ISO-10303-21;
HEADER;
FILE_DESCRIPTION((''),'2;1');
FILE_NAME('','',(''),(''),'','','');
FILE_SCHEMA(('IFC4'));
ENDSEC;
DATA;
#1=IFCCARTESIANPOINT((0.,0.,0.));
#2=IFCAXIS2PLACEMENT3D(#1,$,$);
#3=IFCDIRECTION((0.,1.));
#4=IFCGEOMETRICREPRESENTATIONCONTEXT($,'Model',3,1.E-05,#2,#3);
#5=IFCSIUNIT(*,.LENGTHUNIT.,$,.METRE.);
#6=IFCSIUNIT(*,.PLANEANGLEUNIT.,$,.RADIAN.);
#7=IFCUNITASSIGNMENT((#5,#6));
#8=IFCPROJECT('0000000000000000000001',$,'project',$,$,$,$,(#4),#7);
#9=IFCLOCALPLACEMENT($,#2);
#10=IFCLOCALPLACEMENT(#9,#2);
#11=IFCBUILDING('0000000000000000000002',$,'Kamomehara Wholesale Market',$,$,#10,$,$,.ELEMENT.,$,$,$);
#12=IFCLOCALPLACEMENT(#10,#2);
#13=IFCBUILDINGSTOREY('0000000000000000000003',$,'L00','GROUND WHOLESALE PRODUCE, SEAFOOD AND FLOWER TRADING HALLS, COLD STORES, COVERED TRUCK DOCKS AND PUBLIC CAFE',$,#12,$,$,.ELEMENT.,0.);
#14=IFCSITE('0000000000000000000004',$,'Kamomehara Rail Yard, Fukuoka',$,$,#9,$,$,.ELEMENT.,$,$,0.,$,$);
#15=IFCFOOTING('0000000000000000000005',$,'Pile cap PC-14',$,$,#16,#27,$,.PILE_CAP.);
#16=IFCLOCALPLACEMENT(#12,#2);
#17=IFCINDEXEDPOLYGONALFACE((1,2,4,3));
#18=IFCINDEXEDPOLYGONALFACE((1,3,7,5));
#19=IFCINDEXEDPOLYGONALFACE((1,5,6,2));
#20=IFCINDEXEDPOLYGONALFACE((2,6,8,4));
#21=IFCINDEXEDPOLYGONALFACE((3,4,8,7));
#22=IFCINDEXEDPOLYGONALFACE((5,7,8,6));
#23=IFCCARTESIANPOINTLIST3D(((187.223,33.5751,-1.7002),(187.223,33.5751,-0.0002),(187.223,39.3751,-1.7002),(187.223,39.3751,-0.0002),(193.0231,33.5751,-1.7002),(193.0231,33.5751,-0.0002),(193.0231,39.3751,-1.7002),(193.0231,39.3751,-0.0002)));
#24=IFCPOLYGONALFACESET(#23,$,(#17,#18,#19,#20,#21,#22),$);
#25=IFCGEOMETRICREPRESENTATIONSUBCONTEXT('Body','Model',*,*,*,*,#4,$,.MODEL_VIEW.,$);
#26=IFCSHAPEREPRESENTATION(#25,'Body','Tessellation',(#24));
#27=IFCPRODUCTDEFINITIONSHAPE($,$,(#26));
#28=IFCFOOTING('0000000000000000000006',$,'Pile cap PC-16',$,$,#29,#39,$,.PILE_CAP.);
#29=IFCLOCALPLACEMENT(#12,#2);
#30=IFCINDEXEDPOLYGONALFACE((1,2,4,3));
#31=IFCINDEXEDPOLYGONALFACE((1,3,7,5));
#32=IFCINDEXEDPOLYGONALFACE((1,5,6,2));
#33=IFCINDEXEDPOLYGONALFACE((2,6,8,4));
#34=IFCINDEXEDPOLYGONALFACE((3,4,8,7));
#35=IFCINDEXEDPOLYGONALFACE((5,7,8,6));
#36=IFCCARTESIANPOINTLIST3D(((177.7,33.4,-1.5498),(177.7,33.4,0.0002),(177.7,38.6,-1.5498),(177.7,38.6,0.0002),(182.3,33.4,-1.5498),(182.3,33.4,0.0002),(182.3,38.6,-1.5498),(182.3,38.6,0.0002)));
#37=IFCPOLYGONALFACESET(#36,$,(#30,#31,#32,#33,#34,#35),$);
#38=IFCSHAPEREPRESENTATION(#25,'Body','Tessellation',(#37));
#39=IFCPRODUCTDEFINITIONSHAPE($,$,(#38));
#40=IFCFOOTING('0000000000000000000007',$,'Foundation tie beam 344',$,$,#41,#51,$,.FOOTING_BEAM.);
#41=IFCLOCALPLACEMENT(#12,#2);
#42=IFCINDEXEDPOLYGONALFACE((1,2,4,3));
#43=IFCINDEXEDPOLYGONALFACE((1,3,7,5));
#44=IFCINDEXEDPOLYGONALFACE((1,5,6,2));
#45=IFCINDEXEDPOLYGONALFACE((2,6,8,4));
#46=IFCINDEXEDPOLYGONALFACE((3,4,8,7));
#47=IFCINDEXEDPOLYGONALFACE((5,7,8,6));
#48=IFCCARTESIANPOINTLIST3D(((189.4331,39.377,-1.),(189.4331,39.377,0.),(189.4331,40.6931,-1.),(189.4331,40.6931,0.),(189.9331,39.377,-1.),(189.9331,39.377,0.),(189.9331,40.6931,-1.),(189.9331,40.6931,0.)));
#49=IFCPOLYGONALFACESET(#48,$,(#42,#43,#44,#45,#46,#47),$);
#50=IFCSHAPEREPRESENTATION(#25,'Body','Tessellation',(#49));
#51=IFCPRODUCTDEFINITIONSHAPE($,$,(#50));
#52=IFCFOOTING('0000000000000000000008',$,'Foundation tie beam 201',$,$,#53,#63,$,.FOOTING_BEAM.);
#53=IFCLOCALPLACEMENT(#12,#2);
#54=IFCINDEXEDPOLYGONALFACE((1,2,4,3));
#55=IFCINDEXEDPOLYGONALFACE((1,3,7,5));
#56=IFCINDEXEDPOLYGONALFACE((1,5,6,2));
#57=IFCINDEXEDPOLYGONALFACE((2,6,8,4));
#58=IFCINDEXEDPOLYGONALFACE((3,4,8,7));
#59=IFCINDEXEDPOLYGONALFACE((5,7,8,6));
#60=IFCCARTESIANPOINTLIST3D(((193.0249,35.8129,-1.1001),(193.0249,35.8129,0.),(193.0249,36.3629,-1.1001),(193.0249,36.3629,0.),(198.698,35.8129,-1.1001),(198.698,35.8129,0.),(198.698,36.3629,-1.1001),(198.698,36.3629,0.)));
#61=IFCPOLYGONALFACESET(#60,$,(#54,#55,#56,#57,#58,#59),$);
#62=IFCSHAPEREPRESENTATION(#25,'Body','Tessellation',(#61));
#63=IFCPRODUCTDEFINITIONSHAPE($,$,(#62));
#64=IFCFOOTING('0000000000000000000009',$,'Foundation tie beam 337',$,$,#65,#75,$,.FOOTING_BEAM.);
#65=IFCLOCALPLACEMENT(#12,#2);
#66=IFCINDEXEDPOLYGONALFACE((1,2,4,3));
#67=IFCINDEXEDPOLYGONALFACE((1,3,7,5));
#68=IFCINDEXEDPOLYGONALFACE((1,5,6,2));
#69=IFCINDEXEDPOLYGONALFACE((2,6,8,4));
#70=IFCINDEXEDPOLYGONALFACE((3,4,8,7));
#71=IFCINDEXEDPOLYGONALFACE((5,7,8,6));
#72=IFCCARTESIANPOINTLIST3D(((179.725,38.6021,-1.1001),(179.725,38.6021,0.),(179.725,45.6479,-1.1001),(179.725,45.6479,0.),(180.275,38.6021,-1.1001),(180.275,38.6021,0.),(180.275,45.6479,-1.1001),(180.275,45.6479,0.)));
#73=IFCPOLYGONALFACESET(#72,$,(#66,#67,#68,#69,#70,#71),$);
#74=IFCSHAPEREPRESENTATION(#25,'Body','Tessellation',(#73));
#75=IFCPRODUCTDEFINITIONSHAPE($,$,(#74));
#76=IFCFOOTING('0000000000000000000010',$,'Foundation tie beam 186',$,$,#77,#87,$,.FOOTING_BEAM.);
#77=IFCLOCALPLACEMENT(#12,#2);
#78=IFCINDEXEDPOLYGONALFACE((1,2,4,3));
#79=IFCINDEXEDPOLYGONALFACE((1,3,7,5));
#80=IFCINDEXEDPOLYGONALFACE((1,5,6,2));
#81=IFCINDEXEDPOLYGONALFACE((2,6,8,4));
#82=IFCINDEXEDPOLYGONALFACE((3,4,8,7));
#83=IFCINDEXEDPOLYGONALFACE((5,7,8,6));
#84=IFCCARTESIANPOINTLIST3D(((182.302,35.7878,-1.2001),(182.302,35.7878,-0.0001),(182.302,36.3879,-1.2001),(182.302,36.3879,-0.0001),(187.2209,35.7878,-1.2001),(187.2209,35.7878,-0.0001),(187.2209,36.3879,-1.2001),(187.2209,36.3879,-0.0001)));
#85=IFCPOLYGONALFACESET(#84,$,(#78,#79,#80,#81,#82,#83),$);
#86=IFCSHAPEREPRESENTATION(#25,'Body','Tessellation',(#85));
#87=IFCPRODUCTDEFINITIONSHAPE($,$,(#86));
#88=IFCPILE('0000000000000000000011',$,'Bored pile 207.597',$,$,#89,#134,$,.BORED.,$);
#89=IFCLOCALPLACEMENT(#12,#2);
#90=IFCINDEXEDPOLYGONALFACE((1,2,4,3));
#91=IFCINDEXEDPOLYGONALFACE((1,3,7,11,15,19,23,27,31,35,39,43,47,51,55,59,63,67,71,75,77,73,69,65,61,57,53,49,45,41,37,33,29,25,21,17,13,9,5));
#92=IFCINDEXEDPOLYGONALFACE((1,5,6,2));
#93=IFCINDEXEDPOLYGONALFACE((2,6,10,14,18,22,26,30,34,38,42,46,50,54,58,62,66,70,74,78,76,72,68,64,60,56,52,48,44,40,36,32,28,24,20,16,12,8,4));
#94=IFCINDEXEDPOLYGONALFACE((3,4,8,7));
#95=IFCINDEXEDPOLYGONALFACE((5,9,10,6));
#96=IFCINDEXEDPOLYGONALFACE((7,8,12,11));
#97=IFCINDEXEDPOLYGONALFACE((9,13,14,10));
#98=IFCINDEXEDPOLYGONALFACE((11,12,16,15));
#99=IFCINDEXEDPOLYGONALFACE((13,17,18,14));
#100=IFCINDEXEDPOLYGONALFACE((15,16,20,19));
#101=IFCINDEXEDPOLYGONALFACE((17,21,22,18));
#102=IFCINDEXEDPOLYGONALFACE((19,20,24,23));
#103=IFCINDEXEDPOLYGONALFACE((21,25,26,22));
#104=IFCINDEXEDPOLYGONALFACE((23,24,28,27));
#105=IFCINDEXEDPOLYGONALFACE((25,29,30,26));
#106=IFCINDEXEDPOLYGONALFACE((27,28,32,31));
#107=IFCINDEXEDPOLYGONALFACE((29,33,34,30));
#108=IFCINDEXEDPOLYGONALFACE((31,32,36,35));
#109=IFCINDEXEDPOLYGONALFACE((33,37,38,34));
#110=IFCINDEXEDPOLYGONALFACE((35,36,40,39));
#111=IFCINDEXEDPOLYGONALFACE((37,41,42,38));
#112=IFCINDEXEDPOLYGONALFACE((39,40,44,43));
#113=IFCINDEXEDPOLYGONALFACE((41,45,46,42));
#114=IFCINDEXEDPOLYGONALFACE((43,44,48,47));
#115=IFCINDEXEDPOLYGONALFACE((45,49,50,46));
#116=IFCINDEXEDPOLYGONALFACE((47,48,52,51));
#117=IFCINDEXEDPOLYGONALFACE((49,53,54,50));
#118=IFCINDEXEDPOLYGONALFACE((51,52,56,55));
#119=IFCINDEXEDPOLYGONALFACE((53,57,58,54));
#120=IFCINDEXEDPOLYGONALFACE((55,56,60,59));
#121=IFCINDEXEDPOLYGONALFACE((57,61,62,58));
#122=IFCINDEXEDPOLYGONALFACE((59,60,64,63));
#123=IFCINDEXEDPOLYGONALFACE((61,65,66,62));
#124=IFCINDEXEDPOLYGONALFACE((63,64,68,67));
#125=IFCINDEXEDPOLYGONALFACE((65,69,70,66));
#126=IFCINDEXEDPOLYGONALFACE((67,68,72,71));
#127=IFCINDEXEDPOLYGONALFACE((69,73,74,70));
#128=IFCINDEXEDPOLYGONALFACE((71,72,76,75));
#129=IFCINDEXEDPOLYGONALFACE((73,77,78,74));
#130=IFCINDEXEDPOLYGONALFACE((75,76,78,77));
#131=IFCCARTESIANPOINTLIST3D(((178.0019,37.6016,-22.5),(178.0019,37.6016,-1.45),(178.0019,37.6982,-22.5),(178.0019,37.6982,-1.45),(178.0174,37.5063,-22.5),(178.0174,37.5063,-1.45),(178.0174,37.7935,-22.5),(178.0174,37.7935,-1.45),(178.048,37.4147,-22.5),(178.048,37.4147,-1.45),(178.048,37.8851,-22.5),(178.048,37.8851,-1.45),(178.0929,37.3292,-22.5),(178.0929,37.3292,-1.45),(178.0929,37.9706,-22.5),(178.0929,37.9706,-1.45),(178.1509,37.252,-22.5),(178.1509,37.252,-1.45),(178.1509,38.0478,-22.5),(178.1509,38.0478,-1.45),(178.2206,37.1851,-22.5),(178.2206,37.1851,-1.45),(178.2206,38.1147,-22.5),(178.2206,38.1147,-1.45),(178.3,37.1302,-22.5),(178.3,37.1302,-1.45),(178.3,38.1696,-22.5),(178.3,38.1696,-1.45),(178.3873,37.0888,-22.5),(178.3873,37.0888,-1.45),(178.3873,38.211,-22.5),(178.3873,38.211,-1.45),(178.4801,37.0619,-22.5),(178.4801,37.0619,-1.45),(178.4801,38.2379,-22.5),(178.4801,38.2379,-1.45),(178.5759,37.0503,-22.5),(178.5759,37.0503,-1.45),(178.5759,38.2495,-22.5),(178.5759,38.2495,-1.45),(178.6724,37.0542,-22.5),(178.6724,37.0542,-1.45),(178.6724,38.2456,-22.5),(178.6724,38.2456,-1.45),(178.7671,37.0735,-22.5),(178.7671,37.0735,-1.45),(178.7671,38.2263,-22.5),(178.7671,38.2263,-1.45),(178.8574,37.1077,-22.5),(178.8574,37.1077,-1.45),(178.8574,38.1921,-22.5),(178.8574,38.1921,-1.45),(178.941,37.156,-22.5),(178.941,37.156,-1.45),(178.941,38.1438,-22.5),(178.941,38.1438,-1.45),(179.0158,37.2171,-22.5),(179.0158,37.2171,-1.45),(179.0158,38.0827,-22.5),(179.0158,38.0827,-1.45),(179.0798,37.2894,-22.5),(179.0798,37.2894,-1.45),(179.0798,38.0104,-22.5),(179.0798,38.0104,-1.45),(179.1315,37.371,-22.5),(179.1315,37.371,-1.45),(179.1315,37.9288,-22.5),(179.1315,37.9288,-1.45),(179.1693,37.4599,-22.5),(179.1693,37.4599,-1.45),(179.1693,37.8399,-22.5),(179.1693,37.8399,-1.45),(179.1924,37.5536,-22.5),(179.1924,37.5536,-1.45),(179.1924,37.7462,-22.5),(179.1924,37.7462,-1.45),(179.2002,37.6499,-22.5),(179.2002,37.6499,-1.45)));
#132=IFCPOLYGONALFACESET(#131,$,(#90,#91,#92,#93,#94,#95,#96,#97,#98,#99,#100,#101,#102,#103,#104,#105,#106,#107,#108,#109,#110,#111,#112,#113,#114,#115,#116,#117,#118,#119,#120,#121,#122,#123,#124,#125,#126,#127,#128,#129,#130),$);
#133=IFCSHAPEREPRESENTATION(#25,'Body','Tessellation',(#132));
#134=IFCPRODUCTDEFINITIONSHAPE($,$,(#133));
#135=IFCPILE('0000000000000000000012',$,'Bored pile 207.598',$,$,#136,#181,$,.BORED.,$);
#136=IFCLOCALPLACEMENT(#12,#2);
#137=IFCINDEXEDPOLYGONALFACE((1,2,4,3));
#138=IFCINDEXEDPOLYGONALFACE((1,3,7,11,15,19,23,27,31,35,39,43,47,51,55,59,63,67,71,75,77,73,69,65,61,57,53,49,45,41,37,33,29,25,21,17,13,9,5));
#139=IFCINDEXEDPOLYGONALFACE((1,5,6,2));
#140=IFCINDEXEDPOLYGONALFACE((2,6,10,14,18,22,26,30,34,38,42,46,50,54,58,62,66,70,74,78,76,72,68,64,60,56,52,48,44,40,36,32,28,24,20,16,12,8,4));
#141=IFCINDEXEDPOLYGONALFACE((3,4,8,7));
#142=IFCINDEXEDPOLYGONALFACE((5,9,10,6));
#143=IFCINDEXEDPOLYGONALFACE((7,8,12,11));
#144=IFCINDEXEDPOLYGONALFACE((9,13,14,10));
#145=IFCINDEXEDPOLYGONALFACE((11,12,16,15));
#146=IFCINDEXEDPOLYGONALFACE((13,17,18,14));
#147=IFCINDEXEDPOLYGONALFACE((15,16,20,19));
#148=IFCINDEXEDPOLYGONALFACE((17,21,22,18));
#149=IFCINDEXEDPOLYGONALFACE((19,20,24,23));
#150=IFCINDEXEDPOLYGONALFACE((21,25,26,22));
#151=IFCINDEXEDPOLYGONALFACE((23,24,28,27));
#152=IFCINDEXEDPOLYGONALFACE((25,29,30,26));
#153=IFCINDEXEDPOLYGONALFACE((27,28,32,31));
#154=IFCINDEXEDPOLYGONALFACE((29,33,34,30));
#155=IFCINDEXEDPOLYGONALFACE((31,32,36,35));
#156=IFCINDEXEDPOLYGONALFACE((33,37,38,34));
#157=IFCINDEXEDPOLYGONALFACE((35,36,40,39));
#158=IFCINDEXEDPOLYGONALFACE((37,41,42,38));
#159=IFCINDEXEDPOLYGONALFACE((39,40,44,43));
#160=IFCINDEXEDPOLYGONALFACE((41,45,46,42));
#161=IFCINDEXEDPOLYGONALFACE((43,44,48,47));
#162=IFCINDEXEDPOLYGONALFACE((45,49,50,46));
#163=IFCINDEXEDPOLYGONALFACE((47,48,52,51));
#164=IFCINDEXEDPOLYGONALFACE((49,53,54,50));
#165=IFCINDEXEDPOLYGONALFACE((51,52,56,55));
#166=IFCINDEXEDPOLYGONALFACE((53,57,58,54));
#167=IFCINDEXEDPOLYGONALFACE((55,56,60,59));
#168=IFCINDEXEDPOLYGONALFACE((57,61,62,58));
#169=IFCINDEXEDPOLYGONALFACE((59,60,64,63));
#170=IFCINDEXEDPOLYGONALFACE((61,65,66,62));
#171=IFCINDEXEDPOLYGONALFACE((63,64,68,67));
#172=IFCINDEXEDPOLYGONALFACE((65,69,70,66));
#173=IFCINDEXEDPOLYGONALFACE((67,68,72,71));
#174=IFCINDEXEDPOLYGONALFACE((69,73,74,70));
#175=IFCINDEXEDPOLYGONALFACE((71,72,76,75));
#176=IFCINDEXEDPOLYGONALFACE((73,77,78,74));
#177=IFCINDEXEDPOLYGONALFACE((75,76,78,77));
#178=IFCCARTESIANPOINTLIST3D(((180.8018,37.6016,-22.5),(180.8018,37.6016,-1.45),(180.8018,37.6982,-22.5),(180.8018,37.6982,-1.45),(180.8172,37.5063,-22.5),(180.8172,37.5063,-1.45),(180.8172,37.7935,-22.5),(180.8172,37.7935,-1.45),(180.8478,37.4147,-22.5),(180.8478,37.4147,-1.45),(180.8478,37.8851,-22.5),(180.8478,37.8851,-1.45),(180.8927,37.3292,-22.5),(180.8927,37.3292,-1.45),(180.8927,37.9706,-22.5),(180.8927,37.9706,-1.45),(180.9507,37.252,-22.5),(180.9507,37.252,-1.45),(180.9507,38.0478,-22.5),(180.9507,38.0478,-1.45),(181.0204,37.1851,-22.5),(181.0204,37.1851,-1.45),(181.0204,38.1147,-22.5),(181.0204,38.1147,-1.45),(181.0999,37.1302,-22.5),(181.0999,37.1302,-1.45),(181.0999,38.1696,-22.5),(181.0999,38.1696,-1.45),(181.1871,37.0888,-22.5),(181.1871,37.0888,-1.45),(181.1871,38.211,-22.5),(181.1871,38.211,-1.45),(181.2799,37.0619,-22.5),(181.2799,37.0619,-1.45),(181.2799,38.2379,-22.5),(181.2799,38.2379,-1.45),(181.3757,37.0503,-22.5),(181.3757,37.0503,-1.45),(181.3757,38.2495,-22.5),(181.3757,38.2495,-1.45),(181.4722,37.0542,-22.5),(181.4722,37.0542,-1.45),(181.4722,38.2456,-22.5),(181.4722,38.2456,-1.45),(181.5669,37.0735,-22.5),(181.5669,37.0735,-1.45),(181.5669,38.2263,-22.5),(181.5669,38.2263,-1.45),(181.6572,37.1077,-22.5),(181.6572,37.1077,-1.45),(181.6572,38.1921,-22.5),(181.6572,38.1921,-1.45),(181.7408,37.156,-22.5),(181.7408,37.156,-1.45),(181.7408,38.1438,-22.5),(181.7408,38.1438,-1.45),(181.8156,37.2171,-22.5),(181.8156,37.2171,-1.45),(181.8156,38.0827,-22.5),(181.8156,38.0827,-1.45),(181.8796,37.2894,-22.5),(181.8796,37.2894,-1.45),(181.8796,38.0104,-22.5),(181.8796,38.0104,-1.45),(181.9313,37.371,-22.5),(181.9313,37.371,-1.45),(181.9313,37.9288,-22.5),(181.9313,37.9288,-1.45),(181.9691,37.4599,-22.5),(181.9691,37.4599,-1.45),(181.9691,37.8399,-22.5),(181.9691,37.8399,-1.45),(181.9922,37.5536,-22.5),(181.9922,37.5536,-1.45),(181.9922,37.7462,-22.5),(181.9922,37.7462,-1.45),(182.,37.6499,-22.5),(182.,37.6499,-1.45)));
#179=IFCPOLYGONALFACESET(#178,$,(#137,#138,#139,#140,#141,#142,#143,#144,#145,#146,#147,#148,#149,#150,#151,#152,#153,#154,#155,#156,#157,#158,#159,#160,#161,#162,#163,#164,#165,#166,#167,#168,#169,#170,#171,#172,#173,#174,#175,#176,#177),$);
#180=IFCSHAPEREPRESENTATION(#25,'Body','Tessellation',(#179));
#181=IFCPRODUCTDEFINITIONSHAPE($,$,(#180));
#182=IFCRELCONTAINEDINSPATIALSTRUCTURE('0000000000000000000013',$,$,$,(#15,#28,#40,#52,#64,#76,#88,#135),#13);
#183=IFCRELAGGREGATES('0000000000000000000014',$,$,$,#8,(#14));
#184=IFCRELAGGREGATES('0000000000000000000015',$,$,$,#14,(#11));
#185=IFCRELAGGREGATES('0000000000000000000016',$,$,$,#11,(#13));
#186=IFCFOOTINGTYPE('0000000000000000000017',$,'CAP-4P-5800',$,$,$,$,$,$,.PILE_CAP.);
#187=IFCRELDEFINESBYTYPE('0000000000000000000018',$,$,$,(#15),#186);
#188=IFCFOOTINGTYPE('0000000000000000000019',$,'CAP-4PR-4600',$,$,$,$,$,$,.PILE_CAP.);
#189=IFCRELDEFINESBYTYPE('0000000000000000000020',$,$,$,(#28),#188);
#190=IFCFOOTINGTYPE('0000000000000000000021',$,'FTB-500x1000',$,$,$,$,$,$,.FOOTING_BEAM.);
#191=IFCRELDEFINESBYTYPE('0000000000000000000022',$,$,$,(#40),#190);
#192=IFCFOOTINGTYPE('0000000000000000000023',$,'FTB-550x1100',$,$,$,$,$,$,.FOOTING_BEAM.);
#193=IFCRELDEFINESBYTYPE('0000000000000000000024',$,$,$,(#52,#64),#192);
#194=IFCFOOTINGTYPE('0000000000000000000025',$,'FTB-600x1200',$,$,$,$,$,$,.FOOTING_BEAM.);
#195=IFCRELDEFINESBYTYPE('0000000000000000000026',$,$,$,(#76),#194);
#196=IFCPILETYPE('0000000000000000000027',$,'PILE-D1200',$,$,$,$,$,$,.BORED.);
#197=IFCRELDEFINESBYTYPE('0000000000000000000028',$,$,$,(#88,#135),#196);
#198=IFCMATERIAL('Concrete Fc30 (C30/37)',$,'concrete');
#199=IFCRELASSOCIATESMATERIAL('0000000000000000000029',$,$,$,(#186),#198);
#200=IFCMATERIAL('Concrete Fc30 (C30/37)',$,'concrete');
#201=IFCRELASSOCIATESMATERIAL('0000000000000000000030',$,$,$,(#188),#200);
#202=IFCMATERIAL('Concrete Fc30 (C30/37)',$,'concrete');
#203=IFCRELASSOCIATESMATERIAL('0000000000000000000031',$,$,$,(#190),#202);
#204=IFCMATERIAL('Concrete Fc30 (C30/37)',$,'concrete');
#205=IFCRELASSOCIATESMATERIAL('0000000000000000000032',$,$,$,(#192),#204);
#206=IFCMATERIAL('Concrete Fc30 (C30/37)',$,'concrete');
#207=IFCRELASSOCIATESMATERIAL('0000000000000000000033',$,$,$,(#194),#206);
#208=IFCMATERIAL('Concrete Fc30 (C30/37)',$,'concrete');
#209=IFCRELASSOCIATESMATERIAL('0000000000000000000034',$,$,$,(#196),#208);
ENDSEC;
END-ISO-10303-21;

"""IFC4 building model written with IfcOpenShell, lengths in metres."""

from ifc_helpers import new_model, si_unit, direction, frame, origin, origin_2d, place, context, subcontext, project, spatial, rectangle, circle, extrude, material, material_profile, profile_set, type_object, element, save


model = new_model("IFC4")

# Units and contexts
model_context = context("Model", 3, precision=1e-05, world=origin(), true_north=direction((0.0, 1.0)))
body_context = subcontext(model_context, "Body", "Model", "MODEL_VIEW")
ifc_project = project(units=[si_unit("LENGTHUNIT", "METRE"), si_unit("PLANEANGLEUNIT", "RADIAN")], contexts=[model_context])

# Site, building, storey
site_placement = place(None, origin())
site = spatial("IfcSite", under=ifc_project, at=site_placement, Name="Kamomehara Rail Yard, Fukuoka", CompositionType="ELEMENT", RefElevation=0.0)
building_placement = place(site_placement, origin())
building = spatial("IfcBuilding", under=site, at=building_placement, Name="Kamomehara Wholesale Market", CompositionType="ELEMENT")
storey_placement = place(building_placement, origin())
storey = spatial("IfcBuildingStorey", under=building, at=storey_placement, Name="L00", Description="GROUND WHOLESALE PRODUCE, SEAFOOD AND FLOWER TRADING HALLS, COLD STORES, COVERED TRUCK DOCKS AND PUBLIC CAFE", CompositionType="ELEMENT", Elevation=0.0)

# Footings
ifc_material_1 = material(Name="Concrete Fc30 (C30/37)", Category="concrete")
footing_type_1 = type_object("IfcFootingType", Name="CAP-4P-5800", PredefinedType="PILE_CAP", material=ifc_material_1)
footing_1_placement = place(storey_placement, frame((190.123, 36.4751, -1.7002), z_axis=(0.0, 0.0, 1.0), x_axis=(1.0, 0.0, 0.0)))
element("IfcFooting", 1, at=footing_1_placement, inside=storey, type_object=footing_type_1, Name="Pile cap PC-14", PredefinedType="PILE_CAP", context=body_context, shape_type="SweptSolid", body=[
    extrude(rectangle(XDim=5.8, YDim=5.8, at=origin_2d()), origin(), (0.0, 0.0, 1.0), 1.7),
])
ifc_material_2 = material(Name="Concrete Fc30 (C30/37)", Category="concrete")
footing_type_2 = type_object("IfcFootingType", Name="CAP-4PR-4600", PredefinedType="PILE_CAP", material=ifc_material_2)
footing_2_placement = place(storey_placement, frame((180.0, 36.0, -1.5498), z_axis=(0.0, 0.0, 1.0), x_axis=(1.0, 0.0, 0.0)))
element("IfcFooting", 2, at=footing_2_placement, inside=storey, type_object=footing_type_2, Name="Pile cap PC-16", PredefinedType="PILE_CAP", context=body_context, shape_type="SweptSolid", body=[
    extrude(rectangle(XDim=4.6001, YDim=5.2, at=origin_2d()), origin(), (0.0, 0.0, 1.0), 1.55),
])
ifc_material_3 = material(Name="Concrete Fc30 (C30/37)", Category="concrete")
ifc_material_profile_1 = material_profile(ifc_material_3, rectangle(XDim=0.5, YDim=1.0, at=origin_2d()), Name="RC-FTB-500x1000")
ifc_profile_set_1 = profile_set([ifc_material_profile_1], Name="Concrete Fc30 (C30/37)")
footing_type_3 = type_object("IfcFootingType", Name="FTB-500x1000", PredefinedType="FOOTING_BEAM", material=ifc_profile_set_1)
footing_3_placement = place(storey_placement, frame((189.6831, 39.377, -0.5), z_axis=(0.0, 1.0, 0.0), x_axis=(-1.0, 0.0, 0.0)))
element("IfcFooting", 3, at=footing_3_placement, inside=storey, type_object=footing_type_3, Name="Foundation tie beam 344", PredefinedType="FOOTING_BEAM", context=body_context, shape_type="SweptSolid", body=[
    extrude(rectangle(XDim=0.5, YDim=1.0, at=origin_2d()), origin(), (0.0, 0.0, 1.0), 1.3162),
])
ifc_material_4 = material(Name="Concrete Fc30 (C30/37)", Category="concrete")
ifc_material_profile_2 = material_profile(ifc_material_4, rectangle(XDim=0.55, YDim=1.1001, at=origin_2d()), Name="RC-FTB-550x1100")
ifc_profile_set_2 = profile_set([ifc_material_profile_2], Name="Concrete Fc30 (C30/37)")
footing_type_4 = type_object("IfcFootingType", Name="FTB-550x1100", PredefinedType="FOOTING_BEAM", material=ifc_profile_set_2)
footing_4_placement = place(storey_placement, frame((193.0249, 36.0879, -0.55), z_axis=(1.0, 0.0, 0.0), x_axis=(0.0, 1.0, 0.0)))
element("IfcFooting", 4, at=footing_4_placement, inside=storey, type_object=footing_type_4, Name="Foundation tie beam 201", PredefinedType="FOOTING_BEAM", context=body_context, shape_type="SweptSolid", body=[
    extrude(rectangle(XDim=0.55, YDim=1.1001, at=origin_2d()), origin(), (0.0, 0.0, 1.0), 5.6731),
])
footing_5_placement = place(storey_placement, frame((180.0, 38.6021, -0.55), z_axis=(0.0, 1.0, 0.0), x_axis=(-1.0, 0.0, 0.0)))
element("IfcFooting", 5, at=footing_5_placement, inside=storey, type_object=footing_type_4, Name="Foundation tie beam 337", PredefinedType="FOOTING_BEAM", context=body_context, shape_type="SweptSolid", body=[
    extrude(rectangle(XDim=0.55, YDim=1.1001, at=origin_2d()), origin(), (0.0, 0.0, 1.0), 7.0459),
])
ifc_material_5 = material(Name="Concrete Fc30 (C30/37)", Category="concrete")
ifc_material_profile_3 = material_profile(ifc_material_5, rectangle(XDim=0.6001, YDim=1.2, at=origin_2d()), Name="RC-FTB-600x1200")
ifc_profile_set_3 = profile_set([ifc_material_profile_3], Name="Concrete Fc30 (C30/37)")
footing_type_5 = type_object("IfcFootingType", Name="FTB-600x1200", PredefinedType="FOOTING_BEAM", material=ifc_profile_set_3)
footing_6_placement = place(storey_placement, frame((182.302, 36.0879, -0.6001), z_axis=(1.0, 0.0, 0.0), x_axis=(0.0, 1.0, 0.0)))
element("IfcFooting", 6, at=footing_6_placement, inside=storey, type_object=footing_type_5, Name="Foundation tie beam 186", PredefinedType="FOOTING_BEAM", context=body_context, shape_type="SweptSolid", body=[
    extrude(rectangle(XDim=0.6001, YDim=1.2, at=origin_2d()), origin(), (0.0, 0.0, 1.0), 4.9189),
])

# Piles
ifc_material_6 = material(Name="Concrete Fc30 (C30/37)", Category="concrete")
ifc_material_profile_4 = material_profile(ifc_material_6, circle(Radius=0.6001, at=origin_2d()), Name="RC-PILE-D1200")
ifc_profile_set_4 = profile_set([ifc_material_profile_4], Name="Concrete Fc30 (C30/37)")
pile_type_1 = type_object("IfcPileType", Name="PILE-D1200", PredefinedType="BORED", material=ifc_profile_set_4)
for number, where, z_axis, x_axis, name in (
    (7, (178.6001, 37.6499, -1.45), (0.0, 0.0, -1.0), (1.0, 0.0, 0.0), "Bored pile 207.597"),
    (8, (181.3999, 37.6499, -1.45), (0.0, 0.0, -1.0), (1.0, 0.0, 0.0), "Bored pile 207.598"),
):
    element("IfcPile", number, at=place(storey_placement, frame(where, z_axis=z_axis, x_axis=x_axis)), inside=storey, type_object=pile_type_1, Name=name, PredefinedType="BORED", context=body_context, shape_type="SweptSolid", body=[
        extrude(circle(Radius=0.6001, at=origin_2d()), origin(), (0.0, 0.0, 1.0), 21.05),
    ])

save(model, "model.ifc")
